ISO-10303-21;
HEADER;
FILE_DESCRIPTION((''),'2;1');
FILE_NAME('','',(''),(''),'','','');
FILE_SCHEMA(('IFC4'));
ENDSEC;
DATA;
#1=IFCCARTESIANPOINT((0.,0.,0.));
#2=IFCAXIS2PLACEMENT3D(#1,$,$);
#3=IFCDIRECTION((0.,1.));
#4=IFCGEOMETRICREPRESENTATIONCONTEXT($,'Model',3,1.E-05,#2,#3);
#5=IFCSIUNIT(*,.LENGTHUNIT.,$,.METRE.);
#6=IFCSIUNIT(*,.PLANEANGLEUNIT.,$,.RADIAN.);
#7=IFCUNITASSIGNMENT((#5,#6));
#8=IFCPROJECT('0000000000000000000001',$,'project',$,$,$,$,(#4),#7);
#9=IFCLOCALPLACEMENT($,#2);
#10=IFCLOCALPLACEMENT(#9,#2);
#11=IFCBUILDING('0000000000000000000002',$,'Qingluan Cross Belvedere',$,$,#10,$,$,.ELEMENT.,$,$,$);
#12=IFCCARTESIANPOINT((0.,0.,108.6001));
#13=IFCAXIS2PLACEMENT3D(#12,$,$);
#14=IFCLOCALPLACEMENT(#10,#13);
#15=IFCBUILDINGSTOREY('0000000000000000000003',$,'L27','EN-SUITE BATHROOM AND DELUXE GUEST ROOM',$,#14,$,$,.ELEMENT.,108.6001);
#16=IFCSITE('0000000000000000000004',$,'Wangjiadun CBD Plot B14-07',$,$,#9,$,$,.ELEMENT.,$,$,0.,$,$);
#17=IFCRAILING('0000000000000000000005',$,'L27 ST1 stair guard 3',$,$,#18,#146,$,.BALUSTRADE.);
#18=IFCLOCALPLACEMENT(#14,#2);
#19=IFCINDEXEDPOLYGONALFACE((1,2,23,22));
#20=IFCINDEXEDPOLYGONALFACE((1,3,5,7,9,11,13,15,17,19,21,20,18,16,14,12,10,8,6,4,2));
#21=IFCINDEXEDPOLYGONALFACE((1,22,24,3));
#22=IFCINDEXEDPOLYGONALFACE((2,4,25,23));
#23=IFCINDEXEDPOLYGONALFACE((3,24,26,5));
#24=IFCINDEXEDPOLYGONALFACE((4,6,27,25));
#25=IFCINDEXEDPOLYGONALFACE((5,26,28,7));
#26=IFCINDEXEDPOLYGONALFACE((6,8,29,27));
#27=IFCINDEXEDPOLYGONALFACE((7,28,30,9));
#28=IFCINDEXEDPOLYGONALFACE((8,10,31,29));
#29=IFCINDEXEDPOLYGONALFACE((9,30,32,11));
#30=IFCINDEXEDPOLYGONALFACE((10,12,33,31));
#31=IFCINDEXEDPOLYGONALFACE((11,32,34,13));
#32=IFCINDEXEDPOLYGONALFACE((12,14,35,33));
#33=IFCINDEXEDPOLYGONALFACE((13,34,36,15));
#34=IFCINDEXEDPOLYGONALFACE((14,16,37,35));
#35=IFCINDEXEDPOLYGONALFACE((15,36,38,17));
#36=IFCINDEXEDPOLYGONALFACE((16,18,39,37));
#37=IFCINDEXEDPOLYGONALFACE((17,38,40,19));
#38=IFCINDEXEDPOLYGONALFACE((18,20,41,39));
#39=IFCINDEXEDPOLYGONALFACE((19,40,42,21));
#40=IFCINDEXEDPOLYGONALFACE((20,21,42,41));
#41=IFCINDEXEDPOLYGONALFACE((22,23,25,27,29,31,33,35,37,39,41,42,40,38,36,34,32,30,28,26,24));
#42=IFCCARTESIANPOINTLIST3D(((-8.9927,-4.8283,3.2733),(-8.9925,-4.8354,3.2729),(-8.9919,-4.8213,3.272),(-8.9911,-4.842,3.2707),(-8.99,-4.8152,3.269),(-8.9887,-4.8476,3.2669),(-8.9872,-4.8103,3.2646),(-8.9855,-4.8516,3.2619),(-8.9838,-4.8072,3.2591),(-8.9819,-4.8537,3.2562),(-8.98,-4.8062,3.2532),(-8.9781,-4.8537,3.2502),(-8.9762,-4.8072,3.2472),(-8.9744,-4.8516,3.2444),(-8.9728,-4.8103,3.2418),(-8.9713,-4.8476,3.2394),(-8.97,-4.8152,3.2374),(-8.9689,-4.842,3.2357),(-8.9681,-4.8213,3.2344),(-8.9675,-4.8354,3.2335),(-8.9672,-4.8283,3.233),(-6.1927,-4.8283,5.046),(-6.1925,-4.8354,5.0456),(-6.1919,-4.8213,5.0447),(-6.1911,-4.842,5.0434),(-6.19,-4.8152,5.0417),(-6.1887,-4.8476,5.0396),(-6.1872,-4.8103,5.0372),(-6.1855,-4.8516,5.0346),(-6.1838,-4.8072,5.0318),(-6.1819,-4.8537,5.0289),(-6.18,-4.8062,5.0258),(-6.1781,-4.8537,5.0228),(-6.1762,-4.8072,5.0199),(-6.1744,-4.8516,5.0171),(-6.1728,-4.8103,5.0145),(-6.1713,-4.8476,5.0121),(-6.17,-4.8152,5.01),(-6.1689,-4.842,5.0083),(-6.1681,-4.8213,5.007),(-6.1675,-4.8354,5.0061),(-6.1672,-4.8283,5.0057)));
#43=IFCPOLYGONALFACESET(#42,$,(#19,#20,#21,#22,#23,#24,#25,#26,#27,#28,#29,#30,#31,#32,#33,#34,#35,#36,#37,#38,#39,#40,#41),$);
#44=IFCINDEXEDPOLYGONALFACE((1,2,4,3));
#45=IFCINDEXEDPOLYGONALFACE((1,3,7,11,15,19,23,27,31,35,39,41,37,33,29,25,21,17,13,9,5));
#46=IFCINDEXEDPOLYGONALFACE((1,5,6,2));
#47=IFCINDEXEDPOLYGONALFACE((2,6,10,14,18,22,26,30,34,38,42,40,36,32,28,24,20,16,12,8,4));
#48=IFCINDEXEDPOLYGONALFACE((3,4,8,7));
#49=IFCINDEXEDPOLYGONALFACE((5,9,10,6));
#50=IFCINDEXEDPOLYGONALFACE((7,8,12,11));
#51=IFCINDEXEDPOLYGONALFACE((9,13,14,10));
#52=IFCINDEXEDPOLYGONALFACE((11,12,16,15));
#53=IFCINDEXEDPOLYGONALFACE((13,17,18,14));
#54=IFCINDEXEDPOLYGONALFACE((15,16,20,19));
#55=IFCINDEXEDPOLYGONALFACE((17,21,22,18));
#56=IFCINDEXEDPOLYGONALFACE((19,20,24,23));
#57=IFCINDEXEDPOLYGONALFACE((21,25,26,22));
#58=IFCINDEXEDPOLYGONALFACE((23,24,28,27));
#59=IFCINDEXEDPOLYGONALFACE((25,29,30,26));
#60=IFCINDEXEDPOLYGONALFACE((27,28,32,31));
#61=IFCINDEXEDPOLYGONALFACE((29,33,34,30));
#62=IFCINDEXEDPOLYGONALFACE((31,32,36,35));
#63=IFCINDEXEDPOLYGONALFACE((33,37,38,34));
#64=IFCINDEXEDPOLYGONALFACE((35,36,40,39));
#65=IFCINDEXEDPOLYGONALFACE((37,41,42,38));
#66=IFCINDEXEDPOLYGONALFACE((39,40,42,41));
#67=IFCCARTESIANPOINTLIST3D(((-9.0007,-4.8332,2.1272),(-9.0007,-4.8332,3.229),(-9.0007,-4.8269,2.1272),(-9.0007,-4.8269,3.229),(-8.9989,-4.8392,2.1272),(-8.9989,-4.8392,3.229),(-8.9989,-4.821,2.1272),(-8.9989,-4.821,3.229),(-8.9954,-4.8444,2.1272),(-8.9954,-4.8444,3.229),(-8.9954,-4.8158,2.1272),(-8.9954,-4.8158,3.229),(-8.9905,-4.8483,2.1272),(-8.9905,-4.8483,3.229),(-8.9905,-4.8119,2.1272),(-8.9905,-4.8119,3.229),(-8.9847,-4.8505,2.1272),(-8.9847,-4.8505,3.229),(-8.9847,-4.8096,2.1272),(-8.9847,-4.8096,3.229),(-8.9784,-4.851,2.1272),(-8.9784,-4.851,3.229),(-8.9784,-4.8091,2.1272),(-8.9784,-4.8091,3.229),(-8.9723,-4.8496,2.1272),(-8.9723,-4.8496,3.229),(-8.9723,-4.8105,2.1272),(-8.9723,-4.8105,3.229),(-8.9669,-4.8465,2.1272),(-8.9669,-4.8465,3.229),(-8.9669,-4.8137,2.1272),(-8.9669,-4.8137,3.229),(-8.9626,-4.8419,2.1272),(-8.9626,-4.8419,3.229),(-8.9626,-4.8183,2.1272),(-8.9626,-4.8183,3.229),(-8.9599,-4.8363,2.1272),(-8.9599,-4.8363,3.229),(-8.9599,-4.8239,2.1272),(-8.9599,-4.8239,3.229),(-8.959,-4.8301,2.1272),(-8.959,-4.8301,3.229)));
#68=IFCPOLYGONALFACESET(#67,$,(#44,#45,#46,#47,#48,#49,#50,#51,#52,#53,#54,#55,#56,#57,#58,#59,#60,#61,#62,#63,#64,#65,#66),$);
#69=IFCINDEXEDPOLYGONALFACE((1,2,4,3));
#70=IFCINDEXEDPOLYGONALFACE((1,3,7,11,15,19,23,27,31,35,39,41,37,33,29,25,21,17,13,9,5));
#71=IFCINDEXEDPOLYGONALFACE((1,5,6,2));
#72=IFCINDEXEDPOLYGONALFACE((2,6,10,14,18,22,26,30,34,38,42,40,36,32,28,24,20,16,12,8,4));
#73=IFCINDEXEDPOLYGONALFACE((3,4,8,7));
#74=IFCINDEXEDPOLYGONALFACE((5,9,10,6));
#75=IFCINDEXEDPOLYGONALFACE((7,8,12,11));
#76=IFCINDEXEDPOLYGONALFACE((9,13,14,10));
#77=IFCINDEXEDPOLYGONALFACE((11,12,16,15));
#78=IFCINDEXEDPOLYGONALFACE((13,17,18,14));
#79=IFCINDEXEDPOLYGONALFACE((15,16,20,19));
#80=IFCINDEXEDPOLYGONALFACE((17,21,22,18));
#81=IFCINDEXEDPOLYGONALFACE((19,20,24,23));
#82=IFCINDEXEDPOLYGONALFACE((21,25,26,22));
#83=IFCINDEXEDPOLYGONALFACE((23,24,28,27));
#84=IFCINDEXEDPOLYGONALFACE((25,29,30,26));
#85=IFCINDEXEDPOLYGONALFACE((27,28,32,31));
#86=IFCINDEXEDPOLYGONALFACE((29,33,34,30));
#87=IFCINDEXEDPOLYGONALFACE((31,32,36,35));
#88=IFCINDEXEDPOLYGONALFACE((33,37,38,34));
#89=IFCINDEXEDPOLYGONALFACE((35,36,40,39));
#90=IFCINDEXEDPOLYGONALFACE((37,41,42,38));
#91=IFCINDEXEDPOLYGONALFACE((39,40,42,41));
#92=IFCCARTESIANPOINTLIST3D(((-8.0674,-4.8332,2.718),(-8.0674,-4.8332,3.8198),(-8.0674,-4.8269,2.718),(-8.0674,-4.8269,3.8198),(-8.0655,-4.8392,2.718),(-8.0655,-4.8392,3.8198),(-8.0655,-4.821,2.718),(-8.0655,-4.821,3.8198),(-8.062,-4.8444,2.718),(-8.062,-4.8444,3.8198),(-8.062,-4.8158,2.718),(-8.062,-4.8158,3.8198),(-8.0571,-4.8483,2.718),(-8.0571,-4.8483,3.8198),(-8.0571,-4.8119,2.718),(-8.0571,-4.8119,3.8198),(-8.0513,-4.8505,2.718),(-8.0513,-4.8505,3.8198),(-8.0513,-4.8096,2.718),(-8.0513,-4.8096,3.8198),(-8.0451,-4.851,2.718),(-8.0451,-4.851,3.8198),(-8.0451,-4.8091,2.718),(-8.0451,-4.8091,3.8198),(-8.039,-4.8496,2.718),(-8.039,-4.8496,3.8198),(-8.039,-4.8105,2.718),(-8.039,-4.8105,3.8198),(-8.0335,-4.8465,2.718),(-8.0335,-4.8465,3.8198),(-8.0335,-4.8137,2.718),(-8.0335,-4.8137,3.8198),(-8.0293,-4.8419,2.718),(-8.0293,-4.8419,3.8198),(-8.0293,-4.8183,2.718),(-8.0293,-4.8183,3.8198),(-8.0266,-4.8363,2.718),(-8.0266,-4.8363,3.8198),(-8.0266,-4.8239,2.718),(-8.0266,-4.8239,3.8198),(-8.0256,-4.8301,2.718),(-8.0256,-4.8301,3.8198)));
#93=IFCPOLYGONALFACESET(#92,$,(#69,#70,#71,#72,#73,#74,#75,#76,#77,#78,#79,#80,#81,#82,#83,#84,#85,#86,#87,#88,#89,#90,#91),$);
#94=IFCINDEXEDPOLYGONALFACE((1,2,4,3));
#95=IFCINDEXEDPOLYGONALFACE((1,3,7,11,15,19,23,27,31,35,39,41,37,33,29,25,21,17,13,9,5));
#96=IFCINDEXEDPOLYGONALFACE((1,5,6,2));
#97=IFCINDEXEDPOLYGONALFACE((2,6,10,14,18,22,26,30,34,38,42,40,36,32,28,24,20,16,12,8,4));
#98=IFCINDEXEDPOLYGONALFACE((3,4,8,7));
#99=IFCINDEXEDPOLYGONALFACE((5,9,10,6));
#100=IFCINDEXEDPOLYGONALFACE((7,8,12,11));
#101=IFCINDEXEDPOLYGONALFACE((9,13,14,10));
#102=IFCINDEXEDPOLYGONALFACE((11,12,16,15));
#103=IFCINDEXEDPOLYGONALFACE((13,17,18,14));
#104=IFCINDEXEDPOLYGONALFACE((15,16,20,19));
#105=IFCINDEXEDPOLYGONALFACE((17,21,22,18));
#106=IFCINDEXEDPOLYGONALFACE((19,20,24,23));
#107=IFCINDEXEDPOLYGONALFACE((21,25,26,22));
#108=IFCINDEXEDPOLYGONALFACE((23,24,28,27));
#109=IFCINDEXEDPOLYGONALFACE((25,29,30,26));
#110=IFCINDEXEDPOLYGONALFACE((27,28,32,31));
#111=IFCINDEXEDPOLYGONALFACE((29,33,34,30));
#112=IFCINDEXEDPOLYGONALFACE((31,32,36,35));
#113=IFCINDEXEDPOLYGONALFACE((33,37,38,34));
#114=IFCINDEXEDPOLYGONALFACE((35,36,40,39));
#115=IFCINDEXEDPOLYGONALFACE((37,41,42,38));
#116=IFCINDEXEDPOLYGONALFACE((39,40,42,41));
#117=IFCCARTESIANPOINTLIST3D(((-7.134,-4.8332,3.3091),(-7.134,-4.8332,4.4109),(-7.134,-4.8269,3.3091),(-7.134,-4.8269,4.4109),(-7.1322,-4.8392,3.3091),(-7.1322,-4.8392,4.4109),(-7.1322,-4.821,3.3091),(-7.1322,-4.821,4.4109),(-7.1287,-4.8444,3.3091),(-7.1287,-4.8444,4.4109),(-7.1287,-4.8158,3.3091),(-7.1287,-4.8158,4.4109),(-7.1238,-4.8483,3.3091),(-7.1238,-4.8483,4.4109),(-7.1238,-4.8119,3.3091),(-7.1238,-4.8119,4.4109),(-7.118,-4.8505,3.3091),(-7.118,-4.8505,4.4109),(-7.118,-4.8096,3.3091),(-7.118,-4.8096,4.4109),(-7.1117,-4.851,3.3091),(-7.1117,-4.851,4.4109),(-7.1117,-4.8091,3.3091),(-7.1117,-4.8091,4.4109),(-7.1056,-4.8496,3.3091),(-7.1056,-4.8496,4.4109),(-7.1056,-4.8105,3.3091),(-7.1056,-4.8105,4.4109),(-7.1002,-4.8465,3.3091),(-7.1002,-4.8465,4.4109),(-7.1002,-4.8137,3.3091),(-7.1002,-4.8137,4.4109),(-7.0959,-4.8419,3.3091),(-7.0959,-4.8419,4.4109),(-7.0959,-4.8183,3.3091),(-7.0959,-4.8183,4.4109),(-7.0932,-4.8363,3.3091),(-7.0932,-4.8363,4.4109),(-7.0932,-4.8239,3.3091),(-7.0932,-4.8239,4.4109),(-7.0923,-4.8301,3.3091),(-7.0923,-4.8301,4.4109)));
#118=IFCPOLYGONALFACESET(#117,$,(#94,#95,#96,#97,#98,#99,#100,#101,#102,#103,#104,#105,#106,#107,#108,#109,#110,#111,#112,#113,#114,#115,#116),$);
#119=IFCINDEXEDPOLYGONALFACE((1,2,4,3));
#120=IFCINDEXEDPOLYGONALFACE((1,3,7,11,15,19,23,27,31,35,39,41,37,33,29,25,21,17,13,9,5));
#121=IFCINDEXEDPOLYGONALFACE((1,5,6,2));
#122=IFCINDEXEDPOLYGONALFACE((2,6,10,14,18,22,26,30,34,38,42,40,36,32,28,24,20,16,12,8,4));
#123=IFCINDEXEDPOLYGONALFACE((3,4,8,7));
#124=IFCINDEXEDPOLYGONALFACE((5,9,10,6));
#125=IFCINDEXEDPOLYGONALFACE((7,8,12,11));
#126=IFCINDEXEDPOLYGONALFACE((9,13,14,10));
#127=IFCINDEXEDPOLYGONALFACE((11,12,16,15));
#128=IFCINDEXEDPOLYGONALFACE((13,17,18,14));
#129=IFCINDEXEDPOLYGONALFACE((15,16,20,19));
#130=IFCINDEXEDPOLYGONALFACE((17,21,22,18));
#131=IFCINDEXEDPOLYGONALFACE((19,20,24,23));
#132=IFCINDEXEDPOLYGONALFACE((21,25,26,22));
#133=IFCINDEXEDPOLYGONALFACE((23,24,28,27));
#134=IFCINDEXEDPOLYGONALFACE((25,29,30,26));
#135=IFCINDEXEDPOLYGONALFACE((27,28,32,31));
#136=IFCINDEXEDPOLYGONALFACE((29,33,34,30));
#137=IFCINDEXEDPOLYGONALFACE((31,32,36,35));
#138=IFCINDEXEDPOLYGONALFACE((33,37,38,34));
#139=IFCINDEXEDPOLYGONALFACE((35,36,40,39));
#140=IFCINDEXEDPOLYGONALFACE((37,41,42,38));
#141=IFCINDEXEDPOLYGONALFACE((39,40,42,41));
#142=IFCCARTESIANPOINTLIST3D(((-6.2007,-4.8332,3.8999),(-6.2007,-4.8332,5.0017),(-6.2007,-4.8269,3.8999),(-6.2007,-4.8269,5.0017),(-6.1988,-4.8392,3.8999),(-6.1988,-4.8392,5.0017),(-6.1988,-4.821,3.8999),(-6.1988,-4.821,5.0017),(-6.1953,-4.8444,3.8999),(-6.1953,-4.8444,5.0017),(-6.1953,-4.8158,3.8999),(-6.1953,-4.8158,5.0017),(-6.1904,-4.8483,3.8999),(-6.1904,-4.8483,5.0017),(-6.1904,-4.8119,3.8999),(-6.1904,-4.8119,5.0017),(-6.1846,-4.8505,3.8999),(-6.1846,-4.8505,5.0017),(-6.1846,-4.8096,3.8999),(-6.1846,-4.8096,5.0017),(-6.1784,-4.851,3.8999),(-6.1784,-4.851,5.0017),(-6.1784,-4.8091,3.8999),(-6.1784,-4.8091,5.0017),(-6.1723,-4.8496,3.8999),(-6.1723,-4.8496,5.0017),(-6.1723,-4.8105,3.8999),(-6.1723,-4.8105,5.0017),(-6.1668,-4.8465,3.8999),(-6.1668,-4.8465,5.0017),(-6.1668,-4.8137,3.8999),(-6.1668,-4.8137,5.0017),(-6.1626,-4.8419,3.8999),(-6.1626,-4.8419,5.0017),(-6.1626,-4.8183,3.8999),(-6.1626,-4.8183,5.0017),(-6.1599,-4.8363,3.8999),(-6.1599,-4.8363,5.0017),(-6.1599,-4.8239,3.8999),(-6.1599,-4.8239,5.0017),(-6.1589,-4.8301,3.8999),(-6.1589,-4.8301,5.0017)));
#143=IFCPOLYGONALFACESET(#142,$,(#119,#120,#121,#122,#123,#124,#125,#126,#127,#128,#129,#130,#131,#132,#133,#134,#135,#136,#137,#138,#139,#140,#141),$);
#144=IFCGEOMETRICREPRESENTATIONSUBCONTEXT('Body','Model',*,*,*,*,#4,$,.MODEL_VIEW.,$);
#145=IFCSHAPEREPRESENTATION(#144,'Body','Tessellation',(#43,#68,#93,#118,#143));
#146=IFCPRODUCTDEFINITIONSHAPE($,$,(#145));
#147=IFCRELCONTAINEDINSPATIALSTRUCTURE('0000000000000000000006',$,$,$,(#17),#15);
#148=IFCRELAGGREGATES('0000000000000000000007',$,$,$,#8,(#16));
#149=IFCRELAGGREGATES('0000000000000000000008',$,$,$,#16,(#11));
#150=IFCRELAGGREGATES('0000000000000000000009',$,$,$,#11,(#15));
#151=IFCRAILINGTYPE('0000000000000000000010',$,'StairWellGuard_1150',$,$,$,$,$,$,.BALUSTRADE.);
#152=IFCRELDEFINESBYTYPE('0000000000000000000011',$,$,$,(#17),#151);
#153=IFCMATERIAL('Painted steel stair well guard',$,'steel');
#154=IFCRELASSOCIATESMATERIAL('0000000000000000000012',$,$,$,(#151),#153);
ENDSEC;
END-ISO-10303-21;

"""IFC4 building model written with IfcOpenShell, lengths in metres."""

from ifc_helpers import new_model, si_unit, direction, frame, origin, origin_2d, place, context, subcontext, project, spatial, circle, extrude, material, type_object, element, save


model = new_model("IFC4")

# Units and contexts
model_context = context("Model", 3, precision=1e-05, world=origin(), true_north=direction((0.0, 1.0)))
body_context = subcontext(model_context, "Body", "Model", "MODEL_VIEW")
ifc_project = project(units=[si_unit("LENGTHUNIT", "METRE"), si_unit("PLANEANGLEUNIT", "RADIAN")], contexts=[model_context])

# Site, building, storey
site_placement = place(None, origin())
site = spatial("IfcSite", under=ifc_project, at=site_placement, Name="Wangjiadun CBD Plot B14-07", CompositionType="ELEMENT", RefElevation=0.0)
building_placement = place(site_placement, origin())
building = spatial("IfcBuilding", under=site, at=building_placement, Name="Qingluan Cross Belvedere", CompositionType="ELEMENT")
storey_placement = place(building_placement, frame((0.0, 0.0, 108.6001)))
storey = spatial("IfcBuildingStorey", under=building, at=storey_placement, Name="L27", Description="EN-SUITE BATHROOM AND DELUXE GUEST ROOM", CompositionType="ELEMENT", Elevation=108.6001)

# Railing
ifc_material_1 = material(Name="Painted steel stair well guard", Category="steel")
railing_type_1 = type_object("IfcRailingType", Name="StairWellGuard_1150", PredefinedType="BALUSTRADE", material=ifc_material_1)
railing_1_placement = place(storey_placement, frame((-8.98, -4.8301, 2.1272)))
element("IfcRailing", 1, at=railing_1_placement, inside=storey, type_object=railing_type_1, Name="L27 ST1 stair guard 3", PredefinedType="BALUSTRADE", context=body_context, shape_type="SweptSolid", body=[
    extrude(circle(Radius=0.0239, at=origin_2d()), frame((0.0, 0.0, 1.126), z_axis=(0.844909, 0.0, 0.53491), x_axis=(0.0, 1.0, 0.0)), (0.0, 0.0, 1.0), 3.314),
    extrude(circle(Radius=0.021, at=origin_2d()), origin(), (0.0, 0.0, 1.0), 1.1018),
    extrude(circle(Radius=0.021, at=origin_2d()), frame((0.9333, 0.0, 0.5908)), (0.0, 0.0, 1.0), 1.1018),
    extrude(circle(Radius=0.021, at=origin_2d()), frame((1.8667, 0.0, 1.1819)), (0.0, 0.0, 1.0), 1.1018),
    extrude(circle(Radius=0.021, at=origin_2d()), frame((2.8, 0.0, 1.7727)), (0.0, 0.0, 1.0), 1.1018),
])

save(model, "model.ifc")
